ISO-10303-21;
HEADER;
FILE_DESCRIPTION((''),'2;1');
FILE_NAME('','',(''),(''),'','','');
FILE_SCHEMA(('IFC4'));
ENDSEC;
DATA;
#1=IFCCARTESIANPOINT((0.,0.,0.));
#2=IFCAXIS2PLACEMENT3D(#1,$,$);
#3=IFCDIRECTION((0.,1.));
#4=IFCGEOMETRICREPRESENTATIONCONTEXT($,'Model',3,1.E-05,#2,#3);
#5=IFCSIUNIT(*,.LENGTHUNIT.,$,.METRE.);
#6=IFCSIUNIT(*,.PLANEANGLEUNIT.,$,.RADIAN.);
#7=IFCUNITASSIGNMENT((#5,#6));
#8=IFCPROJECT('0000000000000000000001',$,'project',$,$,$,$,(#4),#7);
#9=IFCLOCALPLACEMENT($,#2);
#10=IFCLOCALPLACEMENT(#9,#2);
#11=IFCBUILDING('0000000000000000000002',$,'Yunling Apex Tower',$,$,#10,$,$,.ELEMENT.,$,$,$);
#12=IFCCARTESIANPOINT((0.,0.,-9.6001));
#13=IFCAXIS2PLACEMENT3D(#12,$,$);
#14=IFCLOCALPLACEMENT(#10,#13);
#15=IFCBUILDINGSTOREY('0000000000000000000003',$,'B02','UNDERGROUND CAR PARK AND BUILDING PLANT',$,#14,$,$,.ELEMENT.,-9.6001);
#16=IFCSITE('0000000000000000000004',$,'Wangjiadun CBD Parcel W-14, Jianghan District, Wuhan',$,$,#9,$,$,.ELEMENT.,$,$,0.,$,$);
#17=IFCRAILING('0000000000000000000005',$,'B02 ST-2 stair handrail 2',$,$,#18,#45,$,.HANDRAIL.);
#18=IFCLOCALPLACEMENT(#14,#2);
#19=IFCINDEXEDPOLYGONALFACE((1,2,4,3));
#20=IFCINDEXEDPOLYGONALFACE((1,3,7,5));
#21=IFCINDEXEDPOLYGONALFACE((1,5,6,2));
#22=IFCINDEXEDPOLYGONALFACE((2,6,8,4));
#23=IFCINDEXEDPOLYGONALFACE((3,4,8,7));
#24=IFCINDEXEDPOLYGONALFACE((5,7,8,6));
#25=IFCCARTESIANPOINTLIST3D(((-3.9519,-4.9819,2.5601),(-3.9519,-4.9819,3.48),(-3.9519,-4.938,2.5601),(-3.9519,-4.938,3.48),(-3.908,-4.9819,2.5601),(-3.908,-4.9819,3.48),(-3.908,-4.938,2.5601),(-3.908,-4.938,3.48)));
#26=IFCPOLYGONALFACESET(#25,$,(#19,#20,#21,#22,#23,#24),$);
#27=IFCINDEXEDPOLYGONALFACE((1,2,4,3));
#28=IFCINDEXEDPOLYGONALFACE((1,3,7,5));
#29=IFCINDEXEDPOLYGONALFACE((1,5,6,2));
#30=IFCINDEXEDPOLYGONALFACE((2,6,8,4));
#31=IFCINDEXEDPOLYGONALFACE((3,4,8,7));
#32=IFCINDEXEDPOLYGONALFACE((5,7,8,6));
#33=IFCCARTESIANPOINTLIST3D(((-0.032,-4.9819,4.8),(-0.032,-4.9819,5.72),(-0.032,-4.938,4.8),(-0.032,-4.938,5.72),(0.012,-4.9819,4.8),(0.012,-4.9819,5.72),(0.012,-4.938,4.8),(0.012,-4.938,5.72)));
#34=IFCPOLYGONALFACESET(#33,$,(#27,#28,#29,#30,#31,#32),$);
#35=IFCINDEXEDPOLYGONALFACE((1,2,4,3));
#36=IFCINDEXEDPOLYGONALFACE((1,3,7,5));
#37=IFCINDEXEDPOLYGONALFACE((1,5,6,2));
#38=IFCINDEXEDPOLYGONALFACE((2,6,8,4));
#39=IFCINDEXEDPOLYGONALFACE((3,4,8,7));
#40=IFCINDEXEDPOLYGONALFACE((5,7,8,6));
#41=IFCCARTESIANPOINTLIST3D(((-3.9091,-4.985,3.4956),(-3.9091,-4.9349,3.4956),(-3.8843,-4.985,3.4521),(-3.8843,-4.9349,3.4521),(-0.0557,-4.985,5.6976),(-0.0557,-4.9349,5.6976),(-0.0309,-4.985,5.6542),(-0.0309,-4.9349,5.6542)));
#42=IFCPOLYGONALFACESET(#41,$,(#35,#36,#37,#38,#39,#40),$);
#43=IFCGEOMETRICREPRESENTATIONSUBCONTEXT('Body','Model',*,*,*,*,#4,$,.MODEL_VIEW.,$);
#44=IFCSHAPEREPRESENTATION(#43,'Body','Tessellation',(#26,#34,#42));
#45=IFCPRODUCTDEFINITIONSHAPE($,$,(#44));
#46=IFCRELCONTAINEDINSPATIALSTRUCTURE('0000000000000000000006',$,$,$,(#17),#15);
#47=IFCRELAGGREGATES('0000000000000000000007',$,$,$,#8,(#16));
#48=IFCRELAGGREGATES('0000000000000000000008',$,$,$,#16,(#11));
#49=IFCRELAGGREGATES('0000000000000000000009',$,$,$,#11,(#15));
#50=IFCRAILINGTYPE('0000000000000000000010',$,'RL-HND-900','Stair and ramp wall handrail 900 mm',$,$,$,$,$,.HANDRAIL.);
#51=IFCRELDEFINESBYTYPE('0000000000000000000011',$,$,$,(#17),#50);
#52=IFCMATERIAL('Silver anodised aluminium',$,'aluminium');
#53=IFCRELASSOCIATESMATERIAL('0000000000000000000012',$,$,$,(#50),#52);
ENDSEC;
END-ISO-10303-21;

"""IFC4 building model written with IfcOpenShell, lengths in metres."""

from ifc_helpers import new_model, si_unit, direction, frame, origin, origin_2d, place, context, subcontext, project, spatial, rectangle, extrude, material, type_object, element, save


model = new_model("IFC4")

# Units and contexts
model_context = context("Model", 3, precision=1e-05, world=origin(), true_north=direction((0.0, 1.0)))
body_context = subcontext(model_context, "Body", "Model", "MODEL_VIEW")
ifc_project = project(units=[si_unit("LENGTHUNIT", "METRE"), si_unit("PLANEANGLEUNIT", "RADIAN")], contexts=[model_context])

# Site, building, storey
site_placement = place(None, origin())
site = spatial("IfcSite", under=ifc_project, at=site_placement, Name="Wangjiadun CBD Parcel W-14, Jianghan District, Wuhan", CompositionType="ELEMENT", RefElevation=0.0)
building_placement = place(site_placement, origin())
building = spatial("IfcBuilding", under=site, at=building_placement, Name="Yunling Apex Tower", CompositionType="ELEMENT")
storey_placement = place(building_placement, frame((0.0, 0.0, -9.6001)))
storey = spatial("IfcBuildingStorey", under=building, at=storey_placement, Name="B02", Description="UNDERGROUND CAR PARK AND BUILDING PLANT", CompositionType="ELEMENT", Elevation=-9.6001)

# Railing
ifc_material_1 = material(Name="Silver anodised aluminium", Category="aluminium")
railing_type_1 = type_object("IfcRailingType", Name="RL-HND-900", Description="Stair and ramp wall handrail 900 mm", PredefinedType="HANDRAIL", material=ifc_material_1)
railing_1_placement = place(storey_placement, frame((-3.9299, -4.96, 2.5601)))
element("IfcRailing", 1, at=railing_1_placement, inside=storey, type_object=railing_type_1, Name="B02 ST-2 stair handrail 2", PredefinedType="HANDRAIL", context=body_context, shape_type="SweptSolid", body=[
    extrude(rectangle(XDim=0.0439, YDim=0.0439, at=origin_2d()), origin(), (0.0, 0.0, 1.0), 0.9199),
    extrude(rectangle(XDim=0.0439, YDim=0.0439, at=origin_2d()), frame((3.9199, 0.0, 2.24)), (0.0, 0.0, 1.0), 0.9199),
    extrude(rectangle(XDim=0.05, YDim=0.05, at=origin_2d()), frame((0.0332, 0.0, 0.9138), z_axis=(0.86824, 0.0, 0.496145), x_axis=(0.0, 1.0, 0.0)), (0.0, 0.0, 1.0), 4.4382),
])

save(model, "model.ifc")
